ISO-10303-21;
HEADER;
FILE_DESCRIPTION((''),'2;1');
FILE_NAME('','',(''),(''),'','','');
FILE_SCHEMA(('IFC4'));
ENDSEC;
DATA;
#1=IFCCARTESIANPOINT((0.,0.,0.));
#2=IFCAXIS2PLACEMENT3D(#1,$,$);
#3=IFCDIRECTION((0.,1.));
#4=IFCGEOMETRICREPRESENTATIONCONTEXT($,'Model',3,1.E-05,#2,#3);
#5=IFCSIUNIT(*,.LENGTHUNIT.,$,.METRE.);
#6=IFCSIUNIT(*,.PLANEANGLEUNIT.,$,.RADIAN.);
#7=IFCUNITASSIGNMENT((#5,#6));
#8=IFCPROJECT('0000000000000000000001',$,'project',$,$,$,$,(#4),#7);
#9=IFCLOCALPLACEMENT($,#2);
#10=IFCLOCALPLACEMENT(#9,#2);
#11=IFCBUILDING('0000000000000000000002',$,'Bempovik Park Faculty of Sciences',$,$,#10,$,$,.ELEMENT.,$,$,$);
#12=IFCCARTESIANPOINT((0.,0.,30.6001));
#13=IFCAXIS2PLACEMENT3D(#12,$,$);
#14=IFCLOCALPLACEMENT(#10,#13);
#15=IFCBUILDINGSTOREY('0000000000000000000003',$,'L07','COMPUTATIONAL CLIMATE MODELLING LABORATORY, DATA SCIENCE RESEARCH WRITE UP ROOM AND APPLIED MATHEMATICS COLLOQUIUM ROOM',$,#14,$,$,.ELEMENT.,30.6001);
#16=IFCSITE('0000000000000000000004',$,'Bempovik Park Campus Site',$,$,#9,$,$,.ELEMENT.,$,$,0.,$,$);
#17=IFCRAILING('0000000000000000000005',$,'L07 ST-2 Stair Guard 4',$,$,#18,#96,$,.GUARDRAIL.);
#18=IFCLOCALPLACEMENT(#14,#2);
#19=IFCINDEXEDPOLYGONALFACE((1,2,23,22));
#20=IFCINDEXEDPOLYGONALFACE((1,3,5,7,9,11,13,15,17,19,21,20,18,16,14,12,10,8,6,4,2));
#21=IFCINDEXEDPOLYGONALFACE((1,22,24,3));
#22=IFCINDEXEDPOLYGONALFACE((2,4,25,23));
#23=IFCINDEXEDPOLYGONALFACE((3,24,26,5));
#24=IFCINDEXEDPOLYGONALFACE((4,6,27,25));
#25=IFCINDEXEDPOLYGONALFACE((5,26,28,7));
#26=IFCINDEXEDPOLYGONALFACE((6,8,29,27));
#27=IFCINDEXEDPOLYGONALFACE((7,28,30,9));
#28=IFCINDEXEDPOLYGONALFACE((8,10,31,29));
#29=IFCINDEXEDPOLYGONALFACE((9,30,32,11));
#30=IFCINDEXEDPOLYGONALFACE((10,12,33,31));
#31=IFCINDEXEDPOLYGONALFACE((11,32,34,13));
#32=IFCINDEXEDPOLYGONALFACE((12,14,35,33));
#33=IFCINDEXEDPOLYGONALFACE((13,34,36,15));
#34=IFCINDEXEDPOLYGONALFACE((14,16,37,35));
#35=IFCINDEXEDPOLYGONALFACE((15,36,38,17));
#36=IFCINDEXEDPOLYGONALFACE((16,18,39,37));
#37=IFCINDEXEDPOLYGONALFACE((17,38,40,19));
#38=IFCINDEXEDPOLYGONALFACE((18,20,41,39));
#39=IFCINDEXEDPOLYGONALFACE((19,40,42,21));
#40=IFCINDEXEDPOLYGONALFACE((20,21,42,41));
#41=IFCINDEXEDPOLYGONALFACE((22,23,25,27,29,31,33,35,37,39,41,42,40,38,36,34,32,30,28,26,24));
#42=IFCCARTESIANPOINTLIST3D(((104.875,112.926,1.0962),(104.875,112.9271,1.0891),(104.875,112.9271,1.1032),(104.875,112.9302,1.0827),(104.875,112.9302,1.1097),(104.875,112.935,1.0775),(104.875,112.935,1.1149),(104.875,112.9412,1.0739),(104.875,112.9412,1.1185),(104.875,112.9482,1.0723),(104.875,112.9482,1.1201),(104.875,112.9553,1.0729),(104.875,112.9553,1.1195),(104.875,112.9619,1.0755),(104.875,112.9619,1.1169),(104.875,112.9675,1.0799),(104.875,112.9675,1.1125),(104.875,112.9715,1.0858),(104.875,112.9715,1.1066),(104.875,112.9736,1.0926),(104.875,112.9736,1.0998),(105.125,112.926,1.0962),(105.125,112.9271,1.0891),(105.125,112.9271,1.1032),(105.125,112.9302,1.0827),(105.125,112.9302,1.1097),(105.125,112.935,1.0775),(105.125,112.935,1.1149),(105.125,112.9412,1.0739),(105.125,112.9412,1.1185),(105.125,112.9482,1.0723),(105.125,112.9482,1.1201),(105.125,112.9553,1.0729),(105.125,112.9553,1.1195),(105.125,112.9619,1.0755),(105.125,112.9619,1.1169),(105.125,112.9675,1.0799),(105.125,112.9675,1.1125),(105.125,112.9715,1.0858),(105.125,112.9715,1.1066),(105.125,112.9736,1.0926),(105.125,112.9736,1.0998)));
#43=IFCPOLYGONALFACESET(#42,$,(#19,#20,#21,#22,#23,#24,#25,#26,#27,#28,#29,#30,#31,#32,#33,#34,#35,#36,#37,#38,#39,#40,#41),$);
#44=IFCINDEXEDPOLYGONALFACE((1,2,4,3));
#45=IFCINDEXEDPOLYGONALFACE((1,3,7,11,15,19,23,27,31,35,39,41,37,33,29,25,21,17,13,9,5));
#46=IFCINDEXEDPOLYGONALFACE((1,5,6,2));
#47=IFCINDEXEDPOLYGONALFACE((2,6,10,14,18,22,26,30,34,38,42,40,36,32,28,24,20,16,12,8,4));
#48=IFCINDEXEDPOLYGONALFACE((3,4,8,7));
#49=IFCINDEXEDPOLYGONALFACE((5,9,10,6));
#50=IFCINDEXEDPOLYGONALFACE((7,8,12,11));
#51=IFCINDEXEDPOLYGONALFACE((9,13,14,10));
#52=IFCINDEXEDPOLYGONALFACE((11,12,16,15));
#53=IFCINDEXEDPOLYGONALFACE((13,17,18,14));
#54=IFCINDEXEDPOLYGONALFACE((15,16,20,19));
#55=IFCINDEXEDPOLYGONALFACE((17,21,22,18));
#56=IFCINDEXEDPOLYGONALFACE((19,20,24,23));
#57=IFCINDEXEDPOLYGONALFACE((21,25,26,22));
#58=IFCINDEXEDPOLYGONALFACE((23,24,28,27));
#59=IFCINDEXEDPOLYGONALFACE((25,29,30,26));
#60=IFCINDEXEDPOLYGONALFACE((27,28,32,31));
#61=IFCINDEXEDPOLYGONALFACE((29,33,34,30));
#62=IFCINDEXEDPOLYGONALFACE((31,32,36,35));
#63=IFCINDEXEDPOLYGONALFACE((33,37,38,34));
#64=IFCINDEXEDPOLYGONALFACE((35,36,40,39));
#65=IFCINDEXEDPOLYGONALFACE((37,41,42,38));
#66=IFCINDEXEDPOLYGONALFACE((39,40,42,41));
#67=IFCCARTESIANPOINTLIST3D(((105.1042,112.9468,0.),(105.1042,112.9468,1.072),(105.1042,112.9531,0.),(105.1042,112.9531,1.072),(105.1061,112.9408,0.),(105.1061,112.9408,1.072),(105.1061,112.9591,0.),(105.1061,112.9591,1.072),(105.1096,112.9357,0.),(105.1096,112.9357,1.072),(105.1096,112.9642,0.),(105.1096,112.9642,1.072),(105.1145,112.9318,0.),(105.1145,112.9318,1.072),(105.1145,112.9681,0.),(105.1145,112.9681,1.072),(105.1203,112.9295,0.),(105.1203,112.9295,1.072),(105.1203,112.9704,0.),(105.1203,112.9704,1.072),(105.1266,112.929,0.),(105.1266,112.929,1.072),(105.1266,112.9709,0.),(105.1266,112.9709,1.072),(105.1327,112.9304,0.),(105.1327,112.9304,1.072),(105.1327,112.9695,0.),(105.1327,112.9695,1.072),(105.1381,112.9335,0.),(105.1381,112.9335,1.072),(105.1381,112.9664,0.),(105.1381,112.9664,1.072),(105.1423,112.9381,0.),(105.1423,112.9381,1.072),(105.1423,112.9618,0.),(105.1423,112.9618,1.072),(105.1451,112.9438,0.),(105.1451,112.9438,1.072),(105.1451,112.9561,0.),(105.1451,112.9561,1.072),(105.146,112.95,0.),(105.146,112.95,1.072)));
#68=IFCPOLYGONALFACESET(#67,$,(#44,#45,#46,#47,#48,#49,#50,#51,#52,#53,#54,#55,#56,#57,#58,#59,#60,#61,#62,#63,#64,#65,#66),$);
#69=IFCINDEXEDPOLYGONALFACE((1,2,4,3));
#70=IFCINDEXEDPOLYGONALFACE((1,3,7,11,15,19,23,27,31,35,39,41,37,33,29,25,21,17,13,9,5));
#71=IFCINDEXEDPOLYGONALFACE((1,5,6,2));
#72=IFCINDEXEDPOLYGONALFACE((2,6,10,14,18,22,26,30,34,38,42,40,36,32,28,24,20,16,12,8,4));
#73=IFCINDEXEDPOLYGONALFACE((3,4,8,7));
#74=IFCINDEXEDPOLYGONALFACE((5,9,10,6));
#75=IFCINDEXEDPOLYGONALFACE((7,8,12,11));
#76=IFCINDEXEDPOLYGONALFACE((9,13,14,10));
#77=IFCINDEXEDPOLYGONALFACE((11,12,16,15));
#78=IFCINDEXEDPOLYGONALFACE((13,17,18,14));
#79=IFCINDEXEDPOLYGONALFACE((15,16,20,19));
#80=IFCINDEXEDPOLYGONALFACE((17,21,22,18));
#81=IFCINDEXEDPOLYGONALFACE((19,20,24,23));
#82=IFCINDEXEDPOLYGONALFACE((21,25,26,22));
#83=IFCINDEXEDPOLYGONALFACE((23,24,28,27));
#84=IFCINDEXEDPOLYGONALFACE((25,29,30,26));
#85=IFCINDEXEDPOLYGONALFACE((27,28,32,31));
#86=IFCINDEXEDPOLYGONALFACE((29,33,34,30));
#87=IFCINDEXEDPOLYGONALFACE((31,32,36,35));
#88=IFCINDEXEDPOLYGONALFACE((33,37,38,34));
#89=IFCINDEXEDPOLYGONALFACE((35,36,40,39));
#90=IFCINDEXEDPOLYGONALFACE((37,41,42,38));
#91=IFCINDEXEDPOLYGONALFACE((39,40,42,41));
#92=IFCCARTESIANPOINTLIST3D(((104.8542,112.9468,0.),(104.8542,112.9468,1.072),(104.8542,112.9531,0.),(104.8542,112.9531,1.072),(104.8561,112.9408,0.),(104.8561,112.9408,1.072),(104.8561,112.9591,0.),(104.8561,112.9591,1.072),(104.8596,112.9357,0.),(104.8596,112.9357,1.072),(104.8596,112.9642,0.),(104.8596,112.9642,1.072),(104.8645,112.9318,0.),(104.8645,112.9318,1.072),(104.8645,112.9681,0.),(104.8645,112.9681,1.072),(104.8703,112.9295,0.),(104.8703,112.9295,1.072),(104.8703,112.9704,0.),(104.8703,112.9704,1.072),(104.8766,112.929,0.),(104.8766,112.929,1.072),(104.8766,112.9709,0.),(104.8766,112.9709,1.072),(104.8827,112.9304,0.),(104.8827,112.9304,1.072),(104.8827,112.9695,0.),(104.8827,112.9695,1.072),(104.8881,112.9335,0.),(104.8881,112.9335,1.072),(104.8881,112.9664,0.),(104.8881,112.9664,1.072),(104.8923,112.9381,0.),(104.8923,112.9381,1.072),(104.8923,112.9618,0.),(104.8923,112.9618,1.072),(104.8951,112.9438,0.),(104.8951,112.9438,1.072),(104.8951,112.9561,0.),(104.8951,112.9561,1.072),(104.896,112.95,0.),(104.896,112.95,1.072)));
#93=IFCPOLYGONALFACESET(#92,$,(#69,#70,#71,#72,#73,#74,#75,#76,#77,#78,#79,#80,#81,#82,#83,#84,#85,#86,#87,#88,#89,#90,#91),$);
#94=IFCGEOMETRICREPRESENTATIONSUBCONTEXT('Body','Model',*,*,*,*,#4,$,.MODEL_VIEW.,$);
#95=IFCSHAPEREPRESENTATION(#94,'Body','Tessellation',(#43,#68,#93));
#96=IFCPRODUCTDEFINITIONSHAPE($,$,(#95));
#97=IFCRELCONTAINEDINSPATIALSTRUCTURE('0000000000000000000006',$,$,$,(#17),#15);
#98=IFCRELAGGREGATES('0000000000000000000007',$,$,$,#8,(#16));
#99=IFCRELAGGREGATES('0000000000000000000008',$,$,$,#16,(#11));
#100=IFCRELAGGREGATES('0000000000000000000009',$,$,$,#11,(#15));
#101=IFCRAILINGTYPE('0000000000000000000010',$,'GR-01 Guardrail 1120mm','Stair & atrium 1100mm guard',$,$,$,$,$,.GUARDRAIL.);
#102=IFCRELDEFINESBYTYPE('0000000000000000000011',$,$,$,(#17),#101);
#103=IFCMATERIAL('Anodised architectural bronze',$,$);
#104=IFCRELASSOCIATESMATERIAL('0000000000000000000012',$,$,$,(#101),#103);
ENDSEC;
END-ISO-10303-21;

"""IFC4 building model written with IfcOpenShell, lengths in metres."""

from ifc_helpers import new_model, si_unit, direction, frame, origin, origin_2d, place, context, subcontext, project, spatial, circle, extrude, material, type_object, element, save


model = new_model("IFC4")

# Units and contexts
model_context = context("Model", 3, precision=1e-05, world=origin(), true_north=direction((0.0, 1.0)))
body_context = subcontext(model_context, "Body", "Model", "MODEL_VIEW")
ifc_project = project(units=[si_unit("LENGTHUNIT", "METRE"), si_unit("PLANEANGLEUNIT", "RADIAN")], contexts=[model_context])

# Site, building, storey
site_placement = place(None, origin())
site = spatial("IfcSite", under=ifc_project, at=site_placement, Name="Bempovik Park Campus Site", CompositionType="ELEMENT", RefElevation=0.0)
building_placement = place(site_placement, origin())
building = spatial("IfcBuilding", under=site, at=building_placement, Name="Bempovik Park Faculty of Sciences", CompositionType="ELEMENT")
storey_placement = place(building_placement, frame((0.0, 0.0, 30.6001)))
storey = spatial("IfcBuildingStorey", under=building, at=storey_placement, Name="L07", Description="COMPUTATIONAL CLIMATE MODELLING LABORATORY, DATA SCIENCE RESEARCH WRITE UP ROOM AND APPLIED MATHEMATICS COLLOQUIUM ROOM", CompositionType="ELEMENT", Elevation=30.6001)

# Railing
ifc_material_1 = material(Name="Anodised architectural bronze")
railing_type_1 = type_object("IfcRailingType", Name="GR-01 Guardrail 1120mm", Description="Stair & atrium 1100mm guard", PredefinedType="GUARDRAIL", material=ifc_material_1)
railing_1_placement = place(storey_placement, frame((105.125, 112.95, 0.0)))
element("IfcRailing", 1, at=railing_1_placement, inside=storey, type_object=railing_type_1, Name="L07 ST-2 Stair Guard 4", PredefinedType="GUARDRAIL", context=body_context, shape_type="SweptSolid", body=[
    extrude(circle(Radius=0.0239, at=origin_2d()), frame((0.0, 0.0, 1.0962), z_axis=(-1.0, 0.0, 0.0), x_axis=(0.0, -1.0, 0.0)), (0.0, 0.0, 1.0), 0.25),
    extrude(circle(Radius=0.021, at=origin_2d()), origin(), (0.0, 0.0, 1.0), 1.072),
    extrude(circle(Radius=0.021, at=origin_2d()), frame((-0.25, 0.0, 0.0)), (0.0, 0.0, 1.0), 1.072),
])

save(model, "model.ifc")
